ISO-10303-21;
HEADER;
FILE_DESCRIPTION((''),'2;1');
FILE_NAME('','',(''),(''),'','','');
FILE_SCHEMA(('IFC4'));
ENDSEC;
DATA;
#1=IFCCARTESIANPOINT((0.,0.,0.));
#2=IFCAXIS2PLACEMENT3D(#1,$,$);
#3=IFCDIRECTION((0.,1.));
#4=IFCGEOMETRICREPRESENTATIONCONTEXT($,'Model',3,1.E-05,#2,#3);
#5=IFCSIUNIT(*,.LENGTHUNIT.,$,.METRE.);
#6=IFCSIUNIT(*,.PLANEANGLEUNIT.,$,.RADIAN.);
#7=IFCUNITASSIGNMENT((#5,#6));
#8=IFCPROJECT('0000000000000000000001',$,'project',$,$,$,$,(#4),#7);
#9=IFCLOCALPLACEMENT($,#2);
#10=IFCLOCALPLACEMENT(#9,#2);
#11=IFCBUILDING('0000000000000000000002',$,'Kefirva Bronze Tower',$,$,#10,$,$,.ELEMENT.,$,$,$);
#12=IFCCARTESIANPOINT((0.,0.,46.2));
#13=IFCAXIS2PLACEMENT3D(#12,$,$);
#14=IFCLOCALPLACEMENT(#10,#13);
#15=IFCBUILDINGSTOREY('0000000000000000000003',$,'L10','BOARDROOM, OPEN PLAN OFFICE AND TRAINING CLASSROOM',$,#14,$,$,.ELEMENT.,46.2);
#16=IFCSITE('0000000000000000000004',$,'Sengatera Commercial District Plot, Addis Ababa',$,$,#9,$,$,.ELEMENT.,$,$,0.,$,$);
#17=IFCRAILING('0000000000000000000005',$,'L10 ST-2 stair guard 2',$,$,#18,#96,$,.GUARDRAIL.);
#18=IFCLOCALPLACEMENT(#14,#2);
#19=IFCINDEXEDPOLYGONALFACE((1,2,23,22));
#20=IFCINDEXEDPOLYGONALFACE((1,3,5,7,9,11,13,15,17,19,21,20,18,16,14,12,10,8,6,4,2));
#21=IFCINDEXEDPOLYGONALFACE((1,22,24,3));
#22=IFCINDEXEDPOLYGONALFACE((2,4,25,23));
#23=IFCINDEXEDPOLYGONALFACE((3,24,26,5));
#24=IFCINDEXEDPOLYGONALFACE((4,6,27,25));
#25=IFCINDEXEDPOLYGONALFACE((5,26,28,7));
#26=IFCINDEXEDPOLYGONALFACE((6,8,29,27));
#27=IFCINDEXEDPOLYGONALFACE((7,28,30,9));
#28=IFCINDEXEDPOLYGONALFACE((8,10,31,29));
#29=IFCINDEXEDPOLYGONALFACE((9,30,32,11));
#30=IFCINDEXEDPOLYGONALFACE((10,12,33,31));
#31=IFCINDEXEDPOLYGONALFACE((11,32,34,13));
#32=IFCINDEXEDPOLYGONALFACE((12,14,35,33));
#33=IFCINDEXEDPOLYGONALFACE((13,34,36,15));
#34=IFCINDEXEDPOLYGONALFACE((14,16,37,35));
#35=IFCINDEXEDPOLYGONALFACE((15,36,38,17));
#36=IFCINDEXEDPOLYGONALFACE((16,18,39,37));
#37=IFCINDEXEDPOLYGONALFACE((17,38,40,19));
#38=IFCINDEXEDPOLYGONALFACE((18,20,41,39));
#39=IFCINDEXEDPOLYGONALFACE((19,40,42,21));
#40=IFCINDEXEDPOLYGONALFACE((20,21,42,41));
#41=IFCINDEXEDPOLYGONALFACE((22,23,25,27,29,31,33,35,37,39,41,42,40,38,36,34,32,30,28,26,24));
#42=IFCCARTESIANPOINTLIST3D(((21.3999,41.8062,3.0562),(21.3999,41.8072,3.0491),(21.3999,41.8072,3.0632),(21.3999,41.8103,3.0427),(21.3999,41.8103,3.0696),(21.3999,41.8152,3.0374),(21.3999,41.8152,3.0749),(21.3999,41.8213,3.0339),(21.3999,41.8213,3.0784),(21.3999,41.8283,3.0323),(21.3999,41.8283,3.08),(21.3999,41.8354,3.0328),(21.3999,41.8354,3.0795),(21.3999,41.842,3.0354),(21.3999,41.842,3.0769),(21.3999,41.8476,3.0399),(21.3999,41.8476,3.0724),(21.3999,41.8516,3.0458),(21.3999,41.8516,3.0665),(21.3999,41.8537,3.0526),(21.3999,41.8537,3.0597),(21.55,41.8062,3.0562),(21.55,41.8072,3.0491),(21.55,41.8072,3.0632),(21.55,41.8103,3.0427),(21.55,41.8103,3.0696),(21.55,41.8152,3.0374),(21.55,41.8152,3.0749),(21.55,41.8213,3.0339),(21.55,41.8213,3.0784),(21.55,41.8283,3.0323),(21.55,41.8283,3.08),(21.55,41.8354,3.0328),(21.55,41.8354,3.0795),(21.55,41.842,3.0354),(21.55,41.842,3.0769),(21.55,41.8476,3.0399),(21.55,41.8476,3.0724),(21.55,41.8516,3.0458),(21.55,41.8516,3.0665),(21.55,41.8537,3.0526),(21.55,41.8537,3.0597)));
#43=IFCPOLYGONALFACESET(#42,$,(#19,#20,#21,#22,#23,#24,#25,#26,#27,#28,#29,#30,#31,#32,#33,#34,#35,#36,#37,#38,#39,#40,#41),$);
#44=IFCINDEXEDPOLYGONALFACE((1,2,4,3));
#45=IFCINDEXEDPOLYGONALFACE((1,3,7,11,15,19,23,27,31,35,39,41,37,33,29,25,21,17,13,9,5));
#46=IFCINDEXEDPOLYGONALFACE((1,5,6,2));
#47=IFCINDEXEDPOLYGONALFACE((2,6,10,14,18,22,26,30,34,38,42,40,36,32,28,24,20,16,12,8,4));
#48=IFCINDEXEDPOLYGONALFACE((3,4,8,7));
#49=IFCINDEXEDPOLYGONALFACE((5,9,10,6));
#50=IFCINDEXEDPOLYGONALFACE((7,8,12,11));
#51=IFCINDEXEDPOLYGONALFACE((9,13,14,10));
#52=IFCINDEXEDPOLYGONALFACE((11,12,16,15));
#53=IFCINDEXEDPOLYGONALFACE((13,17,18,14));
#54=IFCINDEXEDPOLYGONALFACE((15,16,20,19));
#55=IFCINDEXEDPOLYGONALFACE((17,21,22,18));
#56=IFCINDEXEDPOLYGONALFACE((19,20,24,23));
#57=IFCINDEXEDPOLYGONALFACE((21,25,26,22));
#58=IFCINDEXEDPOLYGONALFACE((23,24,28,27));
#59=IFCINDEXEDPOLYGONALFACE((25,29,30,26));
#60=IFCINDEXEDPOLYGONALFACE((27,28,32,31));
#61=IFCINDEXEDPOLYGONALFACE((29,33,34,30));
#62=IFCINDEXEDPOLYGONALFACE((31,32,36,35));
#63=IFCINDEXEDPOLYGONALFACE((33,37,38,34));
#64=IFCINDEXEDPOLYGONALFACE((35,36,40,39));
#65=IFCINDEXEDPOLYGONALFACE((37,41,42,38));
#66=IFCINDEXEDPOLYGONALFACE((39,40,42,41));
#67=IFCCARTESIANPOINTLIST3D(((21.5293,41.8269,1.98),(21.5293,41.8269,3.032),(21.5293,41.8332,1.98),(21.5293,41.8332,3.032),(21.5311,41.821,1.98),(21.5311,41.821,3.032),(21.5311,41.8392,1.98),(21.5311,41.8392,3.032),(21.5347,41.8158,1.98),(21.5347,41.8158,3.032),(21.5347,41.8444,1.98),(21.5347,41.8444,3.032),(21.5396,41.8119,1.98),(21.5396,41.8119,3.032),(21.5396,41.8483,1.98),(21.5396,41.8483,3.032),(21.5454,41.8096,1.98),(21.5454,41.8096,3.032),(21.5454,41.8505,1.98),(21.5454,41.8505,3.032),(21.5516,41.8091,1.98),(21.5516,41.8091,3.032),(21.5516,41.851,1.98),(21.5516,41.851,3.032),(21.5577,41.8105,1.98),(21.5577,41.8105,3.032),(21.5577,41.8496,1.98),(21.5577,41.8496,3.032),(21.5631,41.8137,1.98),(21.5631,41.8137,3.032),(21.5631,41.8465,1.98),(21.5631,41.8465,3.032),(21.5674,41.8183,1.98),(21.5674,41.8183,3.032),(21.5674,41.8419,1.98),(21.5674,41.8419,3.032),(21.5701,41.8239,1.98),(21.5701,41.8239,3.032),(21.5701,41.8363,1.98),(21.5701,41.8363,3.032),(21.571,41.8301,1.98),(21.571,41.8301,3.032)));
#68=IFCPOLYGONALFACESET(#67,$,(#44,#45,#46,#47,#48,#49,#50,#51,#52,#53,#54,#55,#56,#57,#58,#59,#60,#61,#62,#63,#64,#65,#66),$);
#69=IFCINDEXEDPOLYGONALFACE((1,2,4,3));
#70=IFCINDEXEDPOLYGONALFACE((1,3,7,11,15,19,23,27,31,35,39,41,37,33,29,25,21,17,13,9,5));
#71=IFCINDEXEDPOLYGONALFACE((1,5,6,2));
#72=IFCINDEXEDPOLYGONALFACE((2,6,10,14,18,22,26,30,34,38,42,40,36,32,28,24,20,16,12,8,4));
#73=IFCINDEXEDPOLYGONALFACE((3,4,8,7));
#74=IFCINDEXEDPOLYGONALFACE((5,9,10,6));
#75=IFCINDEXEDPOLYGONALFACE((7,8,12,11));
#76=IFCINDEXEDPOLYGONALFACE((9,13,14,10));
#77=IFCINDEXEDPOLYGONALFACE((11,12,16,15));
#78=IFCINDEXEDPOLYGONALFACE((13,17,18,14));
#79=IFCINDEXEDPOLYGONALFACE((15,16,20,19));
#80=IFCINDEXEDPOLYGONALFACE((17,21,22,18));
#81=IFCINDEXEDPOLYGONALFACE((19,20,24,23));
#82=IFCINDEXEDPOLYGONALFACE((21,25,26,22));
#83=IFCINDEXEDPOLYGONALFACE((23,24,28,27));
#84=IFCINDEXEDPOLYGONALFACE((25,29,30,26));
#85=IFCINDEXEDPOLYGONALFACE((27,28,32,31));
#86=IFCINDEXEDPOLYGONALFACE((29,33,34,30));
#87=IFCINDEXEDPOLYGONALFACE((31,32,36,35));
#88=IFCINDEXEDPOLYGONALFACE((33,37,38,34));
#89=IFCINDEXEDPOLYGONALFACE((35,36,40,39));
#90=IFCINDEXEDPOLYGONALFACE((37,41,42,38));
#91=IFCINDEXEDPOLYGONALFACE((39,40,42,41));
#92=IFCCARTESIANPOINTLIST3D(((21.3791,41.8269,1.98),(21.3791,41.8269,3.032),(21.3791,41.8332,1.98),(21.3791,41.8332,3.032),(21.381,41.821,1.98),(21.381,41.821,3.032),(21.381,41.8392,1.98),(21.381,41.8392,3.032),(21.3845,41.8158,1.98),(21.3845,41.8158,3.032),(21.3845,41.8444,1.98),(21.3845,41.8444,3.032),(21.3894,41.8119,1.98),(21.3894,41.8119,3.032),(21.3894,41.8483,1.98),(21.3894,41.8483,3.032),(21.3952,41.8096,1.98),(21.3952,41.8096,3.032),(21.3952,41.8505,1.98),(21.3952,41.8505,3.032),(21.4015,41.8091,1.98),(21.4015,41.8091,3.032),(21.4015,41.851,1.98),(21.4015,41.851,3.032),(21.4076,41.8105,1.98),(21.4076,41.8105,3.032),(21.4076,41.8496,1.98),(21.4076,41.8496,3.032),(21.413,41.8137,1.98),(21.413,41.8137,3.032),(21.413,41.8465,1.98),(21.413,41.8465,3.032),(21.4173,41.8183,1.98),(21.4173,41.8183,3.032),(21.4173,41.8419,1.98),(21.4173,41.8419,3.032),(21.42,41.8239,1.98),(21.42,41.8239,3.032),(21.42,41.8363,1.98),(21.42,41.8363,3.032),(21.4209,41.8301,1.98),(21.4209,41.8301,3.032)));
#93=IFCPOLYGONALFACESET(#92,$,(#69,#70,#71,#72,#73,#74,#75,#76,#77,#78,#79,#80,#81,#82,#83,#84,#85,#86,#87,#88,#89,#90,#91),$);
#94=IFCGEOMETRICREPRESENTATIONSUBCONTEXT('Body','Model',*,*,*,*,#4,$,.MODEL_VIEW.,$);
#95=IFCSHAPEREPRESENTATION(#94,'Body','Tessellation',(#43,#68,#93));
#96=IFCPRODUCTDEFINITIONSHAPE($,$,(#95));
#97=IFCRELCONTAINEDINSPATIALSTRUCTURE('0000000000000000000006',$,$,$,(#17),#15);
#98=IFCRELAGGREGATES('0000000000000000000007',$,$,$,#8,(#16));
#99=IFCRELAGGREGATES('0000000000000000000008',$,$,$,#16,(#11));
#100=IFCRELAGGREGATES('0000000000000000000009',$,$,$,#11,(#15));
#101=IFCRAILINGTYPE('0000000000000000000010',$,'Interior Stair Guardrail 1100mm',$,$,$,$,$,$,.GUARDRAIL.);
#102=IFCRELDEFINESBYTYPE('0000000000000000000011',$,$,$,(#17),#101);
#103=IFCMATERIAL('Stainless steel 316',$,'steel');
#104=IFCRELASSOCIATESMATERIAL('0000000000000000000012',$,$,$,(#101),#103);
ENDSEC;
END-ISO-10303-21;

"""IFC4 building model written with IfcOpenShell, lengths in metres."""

from ifc_helpers import new_model, si_unit, direction, frame, origin, origin_2d, place, context, subcontext, project, spatial, circle, extrude, material, type_object, element, save


model = new_model("IFC4")

# Units and contexts
model_context = context("Model", 3, precision=1e-05, world=origin(), true_north=direction((0.0, 1.0)))
body_context = subcontext(model_context, "Body", "Model", "MODEL_VIEW")
ifc_project = project(units=[si_unit("LENGTHUNIT", "METRE"), si_unit("PLANEANGLEUNIT", "RADIAN")], contexts=[model_context])

# Site, building, storey
site_placement = place(None, origin())
site = spatial("IfcSite", under=ifc_project, at=site_placement, Name="Sengatera Commercial District Plot, Addis Ababa", CompositionType="ELEMENT", RefElevation=0.0)
building_placement = place(site_placement, origin())
building = spatial("IfcBuilding", under=site, at=building_placement, Name="Kefirva Bronze Tower", CompositionType="ELEMENT")
storey_placement = place(building_placement, frame((0.0, 0.0, 46.2)))
storey = spatial("IfcBuildingStorey", under=building, at=storey_placement, Name="L10", Description="BOARDROOM, OPEN PLAN OFFICE AND TRAINING CLASSROOM", CompositionType="ELEMENT", Elevation=46.2)

# Railing
ifc_material_1 = material(Name="Stainless steel 316", Category="steel")
railing_type_1 = type_object("IfcRailingType", Name="Interior Stair Guardrail 1100mm", PredefinedType="GUARDRAIL", material=ifc_material_1)
railing_1_placement = place(storey_placement, frame((21.55, 41.8301, 1.98)))
element("IfcRailing", 1, at=railing_1_placement, inside=storey, type_object=railing_type_1, Name="L10 ST-2 stair guard 2", PredefinedType="GUARDRAIL", context=body_context, shape_type="SweptSolid", body=[
    extrude(circle(Radius=0.0239, at=origin_2d()), frame((0.0, 0.0, 1.0762), z_axis=(-1.0, 0.0, 0.0), x_axis=(0.0, -1.0, 0.0)), (0.0, 0.0, 1.0), 0.1501),
    extrude(circle(Radius=0.021, at=origin_2d()), origin(), (0.0, 0.0, 1.0), 1.052),
    extrude(circle(Radius=0.021, at=origin_2d()), frame((-0.1501, 0.0, 0.0)), (0.0, 0.0, 1.0), 1.052),
])

save(model, "model.ifc")
